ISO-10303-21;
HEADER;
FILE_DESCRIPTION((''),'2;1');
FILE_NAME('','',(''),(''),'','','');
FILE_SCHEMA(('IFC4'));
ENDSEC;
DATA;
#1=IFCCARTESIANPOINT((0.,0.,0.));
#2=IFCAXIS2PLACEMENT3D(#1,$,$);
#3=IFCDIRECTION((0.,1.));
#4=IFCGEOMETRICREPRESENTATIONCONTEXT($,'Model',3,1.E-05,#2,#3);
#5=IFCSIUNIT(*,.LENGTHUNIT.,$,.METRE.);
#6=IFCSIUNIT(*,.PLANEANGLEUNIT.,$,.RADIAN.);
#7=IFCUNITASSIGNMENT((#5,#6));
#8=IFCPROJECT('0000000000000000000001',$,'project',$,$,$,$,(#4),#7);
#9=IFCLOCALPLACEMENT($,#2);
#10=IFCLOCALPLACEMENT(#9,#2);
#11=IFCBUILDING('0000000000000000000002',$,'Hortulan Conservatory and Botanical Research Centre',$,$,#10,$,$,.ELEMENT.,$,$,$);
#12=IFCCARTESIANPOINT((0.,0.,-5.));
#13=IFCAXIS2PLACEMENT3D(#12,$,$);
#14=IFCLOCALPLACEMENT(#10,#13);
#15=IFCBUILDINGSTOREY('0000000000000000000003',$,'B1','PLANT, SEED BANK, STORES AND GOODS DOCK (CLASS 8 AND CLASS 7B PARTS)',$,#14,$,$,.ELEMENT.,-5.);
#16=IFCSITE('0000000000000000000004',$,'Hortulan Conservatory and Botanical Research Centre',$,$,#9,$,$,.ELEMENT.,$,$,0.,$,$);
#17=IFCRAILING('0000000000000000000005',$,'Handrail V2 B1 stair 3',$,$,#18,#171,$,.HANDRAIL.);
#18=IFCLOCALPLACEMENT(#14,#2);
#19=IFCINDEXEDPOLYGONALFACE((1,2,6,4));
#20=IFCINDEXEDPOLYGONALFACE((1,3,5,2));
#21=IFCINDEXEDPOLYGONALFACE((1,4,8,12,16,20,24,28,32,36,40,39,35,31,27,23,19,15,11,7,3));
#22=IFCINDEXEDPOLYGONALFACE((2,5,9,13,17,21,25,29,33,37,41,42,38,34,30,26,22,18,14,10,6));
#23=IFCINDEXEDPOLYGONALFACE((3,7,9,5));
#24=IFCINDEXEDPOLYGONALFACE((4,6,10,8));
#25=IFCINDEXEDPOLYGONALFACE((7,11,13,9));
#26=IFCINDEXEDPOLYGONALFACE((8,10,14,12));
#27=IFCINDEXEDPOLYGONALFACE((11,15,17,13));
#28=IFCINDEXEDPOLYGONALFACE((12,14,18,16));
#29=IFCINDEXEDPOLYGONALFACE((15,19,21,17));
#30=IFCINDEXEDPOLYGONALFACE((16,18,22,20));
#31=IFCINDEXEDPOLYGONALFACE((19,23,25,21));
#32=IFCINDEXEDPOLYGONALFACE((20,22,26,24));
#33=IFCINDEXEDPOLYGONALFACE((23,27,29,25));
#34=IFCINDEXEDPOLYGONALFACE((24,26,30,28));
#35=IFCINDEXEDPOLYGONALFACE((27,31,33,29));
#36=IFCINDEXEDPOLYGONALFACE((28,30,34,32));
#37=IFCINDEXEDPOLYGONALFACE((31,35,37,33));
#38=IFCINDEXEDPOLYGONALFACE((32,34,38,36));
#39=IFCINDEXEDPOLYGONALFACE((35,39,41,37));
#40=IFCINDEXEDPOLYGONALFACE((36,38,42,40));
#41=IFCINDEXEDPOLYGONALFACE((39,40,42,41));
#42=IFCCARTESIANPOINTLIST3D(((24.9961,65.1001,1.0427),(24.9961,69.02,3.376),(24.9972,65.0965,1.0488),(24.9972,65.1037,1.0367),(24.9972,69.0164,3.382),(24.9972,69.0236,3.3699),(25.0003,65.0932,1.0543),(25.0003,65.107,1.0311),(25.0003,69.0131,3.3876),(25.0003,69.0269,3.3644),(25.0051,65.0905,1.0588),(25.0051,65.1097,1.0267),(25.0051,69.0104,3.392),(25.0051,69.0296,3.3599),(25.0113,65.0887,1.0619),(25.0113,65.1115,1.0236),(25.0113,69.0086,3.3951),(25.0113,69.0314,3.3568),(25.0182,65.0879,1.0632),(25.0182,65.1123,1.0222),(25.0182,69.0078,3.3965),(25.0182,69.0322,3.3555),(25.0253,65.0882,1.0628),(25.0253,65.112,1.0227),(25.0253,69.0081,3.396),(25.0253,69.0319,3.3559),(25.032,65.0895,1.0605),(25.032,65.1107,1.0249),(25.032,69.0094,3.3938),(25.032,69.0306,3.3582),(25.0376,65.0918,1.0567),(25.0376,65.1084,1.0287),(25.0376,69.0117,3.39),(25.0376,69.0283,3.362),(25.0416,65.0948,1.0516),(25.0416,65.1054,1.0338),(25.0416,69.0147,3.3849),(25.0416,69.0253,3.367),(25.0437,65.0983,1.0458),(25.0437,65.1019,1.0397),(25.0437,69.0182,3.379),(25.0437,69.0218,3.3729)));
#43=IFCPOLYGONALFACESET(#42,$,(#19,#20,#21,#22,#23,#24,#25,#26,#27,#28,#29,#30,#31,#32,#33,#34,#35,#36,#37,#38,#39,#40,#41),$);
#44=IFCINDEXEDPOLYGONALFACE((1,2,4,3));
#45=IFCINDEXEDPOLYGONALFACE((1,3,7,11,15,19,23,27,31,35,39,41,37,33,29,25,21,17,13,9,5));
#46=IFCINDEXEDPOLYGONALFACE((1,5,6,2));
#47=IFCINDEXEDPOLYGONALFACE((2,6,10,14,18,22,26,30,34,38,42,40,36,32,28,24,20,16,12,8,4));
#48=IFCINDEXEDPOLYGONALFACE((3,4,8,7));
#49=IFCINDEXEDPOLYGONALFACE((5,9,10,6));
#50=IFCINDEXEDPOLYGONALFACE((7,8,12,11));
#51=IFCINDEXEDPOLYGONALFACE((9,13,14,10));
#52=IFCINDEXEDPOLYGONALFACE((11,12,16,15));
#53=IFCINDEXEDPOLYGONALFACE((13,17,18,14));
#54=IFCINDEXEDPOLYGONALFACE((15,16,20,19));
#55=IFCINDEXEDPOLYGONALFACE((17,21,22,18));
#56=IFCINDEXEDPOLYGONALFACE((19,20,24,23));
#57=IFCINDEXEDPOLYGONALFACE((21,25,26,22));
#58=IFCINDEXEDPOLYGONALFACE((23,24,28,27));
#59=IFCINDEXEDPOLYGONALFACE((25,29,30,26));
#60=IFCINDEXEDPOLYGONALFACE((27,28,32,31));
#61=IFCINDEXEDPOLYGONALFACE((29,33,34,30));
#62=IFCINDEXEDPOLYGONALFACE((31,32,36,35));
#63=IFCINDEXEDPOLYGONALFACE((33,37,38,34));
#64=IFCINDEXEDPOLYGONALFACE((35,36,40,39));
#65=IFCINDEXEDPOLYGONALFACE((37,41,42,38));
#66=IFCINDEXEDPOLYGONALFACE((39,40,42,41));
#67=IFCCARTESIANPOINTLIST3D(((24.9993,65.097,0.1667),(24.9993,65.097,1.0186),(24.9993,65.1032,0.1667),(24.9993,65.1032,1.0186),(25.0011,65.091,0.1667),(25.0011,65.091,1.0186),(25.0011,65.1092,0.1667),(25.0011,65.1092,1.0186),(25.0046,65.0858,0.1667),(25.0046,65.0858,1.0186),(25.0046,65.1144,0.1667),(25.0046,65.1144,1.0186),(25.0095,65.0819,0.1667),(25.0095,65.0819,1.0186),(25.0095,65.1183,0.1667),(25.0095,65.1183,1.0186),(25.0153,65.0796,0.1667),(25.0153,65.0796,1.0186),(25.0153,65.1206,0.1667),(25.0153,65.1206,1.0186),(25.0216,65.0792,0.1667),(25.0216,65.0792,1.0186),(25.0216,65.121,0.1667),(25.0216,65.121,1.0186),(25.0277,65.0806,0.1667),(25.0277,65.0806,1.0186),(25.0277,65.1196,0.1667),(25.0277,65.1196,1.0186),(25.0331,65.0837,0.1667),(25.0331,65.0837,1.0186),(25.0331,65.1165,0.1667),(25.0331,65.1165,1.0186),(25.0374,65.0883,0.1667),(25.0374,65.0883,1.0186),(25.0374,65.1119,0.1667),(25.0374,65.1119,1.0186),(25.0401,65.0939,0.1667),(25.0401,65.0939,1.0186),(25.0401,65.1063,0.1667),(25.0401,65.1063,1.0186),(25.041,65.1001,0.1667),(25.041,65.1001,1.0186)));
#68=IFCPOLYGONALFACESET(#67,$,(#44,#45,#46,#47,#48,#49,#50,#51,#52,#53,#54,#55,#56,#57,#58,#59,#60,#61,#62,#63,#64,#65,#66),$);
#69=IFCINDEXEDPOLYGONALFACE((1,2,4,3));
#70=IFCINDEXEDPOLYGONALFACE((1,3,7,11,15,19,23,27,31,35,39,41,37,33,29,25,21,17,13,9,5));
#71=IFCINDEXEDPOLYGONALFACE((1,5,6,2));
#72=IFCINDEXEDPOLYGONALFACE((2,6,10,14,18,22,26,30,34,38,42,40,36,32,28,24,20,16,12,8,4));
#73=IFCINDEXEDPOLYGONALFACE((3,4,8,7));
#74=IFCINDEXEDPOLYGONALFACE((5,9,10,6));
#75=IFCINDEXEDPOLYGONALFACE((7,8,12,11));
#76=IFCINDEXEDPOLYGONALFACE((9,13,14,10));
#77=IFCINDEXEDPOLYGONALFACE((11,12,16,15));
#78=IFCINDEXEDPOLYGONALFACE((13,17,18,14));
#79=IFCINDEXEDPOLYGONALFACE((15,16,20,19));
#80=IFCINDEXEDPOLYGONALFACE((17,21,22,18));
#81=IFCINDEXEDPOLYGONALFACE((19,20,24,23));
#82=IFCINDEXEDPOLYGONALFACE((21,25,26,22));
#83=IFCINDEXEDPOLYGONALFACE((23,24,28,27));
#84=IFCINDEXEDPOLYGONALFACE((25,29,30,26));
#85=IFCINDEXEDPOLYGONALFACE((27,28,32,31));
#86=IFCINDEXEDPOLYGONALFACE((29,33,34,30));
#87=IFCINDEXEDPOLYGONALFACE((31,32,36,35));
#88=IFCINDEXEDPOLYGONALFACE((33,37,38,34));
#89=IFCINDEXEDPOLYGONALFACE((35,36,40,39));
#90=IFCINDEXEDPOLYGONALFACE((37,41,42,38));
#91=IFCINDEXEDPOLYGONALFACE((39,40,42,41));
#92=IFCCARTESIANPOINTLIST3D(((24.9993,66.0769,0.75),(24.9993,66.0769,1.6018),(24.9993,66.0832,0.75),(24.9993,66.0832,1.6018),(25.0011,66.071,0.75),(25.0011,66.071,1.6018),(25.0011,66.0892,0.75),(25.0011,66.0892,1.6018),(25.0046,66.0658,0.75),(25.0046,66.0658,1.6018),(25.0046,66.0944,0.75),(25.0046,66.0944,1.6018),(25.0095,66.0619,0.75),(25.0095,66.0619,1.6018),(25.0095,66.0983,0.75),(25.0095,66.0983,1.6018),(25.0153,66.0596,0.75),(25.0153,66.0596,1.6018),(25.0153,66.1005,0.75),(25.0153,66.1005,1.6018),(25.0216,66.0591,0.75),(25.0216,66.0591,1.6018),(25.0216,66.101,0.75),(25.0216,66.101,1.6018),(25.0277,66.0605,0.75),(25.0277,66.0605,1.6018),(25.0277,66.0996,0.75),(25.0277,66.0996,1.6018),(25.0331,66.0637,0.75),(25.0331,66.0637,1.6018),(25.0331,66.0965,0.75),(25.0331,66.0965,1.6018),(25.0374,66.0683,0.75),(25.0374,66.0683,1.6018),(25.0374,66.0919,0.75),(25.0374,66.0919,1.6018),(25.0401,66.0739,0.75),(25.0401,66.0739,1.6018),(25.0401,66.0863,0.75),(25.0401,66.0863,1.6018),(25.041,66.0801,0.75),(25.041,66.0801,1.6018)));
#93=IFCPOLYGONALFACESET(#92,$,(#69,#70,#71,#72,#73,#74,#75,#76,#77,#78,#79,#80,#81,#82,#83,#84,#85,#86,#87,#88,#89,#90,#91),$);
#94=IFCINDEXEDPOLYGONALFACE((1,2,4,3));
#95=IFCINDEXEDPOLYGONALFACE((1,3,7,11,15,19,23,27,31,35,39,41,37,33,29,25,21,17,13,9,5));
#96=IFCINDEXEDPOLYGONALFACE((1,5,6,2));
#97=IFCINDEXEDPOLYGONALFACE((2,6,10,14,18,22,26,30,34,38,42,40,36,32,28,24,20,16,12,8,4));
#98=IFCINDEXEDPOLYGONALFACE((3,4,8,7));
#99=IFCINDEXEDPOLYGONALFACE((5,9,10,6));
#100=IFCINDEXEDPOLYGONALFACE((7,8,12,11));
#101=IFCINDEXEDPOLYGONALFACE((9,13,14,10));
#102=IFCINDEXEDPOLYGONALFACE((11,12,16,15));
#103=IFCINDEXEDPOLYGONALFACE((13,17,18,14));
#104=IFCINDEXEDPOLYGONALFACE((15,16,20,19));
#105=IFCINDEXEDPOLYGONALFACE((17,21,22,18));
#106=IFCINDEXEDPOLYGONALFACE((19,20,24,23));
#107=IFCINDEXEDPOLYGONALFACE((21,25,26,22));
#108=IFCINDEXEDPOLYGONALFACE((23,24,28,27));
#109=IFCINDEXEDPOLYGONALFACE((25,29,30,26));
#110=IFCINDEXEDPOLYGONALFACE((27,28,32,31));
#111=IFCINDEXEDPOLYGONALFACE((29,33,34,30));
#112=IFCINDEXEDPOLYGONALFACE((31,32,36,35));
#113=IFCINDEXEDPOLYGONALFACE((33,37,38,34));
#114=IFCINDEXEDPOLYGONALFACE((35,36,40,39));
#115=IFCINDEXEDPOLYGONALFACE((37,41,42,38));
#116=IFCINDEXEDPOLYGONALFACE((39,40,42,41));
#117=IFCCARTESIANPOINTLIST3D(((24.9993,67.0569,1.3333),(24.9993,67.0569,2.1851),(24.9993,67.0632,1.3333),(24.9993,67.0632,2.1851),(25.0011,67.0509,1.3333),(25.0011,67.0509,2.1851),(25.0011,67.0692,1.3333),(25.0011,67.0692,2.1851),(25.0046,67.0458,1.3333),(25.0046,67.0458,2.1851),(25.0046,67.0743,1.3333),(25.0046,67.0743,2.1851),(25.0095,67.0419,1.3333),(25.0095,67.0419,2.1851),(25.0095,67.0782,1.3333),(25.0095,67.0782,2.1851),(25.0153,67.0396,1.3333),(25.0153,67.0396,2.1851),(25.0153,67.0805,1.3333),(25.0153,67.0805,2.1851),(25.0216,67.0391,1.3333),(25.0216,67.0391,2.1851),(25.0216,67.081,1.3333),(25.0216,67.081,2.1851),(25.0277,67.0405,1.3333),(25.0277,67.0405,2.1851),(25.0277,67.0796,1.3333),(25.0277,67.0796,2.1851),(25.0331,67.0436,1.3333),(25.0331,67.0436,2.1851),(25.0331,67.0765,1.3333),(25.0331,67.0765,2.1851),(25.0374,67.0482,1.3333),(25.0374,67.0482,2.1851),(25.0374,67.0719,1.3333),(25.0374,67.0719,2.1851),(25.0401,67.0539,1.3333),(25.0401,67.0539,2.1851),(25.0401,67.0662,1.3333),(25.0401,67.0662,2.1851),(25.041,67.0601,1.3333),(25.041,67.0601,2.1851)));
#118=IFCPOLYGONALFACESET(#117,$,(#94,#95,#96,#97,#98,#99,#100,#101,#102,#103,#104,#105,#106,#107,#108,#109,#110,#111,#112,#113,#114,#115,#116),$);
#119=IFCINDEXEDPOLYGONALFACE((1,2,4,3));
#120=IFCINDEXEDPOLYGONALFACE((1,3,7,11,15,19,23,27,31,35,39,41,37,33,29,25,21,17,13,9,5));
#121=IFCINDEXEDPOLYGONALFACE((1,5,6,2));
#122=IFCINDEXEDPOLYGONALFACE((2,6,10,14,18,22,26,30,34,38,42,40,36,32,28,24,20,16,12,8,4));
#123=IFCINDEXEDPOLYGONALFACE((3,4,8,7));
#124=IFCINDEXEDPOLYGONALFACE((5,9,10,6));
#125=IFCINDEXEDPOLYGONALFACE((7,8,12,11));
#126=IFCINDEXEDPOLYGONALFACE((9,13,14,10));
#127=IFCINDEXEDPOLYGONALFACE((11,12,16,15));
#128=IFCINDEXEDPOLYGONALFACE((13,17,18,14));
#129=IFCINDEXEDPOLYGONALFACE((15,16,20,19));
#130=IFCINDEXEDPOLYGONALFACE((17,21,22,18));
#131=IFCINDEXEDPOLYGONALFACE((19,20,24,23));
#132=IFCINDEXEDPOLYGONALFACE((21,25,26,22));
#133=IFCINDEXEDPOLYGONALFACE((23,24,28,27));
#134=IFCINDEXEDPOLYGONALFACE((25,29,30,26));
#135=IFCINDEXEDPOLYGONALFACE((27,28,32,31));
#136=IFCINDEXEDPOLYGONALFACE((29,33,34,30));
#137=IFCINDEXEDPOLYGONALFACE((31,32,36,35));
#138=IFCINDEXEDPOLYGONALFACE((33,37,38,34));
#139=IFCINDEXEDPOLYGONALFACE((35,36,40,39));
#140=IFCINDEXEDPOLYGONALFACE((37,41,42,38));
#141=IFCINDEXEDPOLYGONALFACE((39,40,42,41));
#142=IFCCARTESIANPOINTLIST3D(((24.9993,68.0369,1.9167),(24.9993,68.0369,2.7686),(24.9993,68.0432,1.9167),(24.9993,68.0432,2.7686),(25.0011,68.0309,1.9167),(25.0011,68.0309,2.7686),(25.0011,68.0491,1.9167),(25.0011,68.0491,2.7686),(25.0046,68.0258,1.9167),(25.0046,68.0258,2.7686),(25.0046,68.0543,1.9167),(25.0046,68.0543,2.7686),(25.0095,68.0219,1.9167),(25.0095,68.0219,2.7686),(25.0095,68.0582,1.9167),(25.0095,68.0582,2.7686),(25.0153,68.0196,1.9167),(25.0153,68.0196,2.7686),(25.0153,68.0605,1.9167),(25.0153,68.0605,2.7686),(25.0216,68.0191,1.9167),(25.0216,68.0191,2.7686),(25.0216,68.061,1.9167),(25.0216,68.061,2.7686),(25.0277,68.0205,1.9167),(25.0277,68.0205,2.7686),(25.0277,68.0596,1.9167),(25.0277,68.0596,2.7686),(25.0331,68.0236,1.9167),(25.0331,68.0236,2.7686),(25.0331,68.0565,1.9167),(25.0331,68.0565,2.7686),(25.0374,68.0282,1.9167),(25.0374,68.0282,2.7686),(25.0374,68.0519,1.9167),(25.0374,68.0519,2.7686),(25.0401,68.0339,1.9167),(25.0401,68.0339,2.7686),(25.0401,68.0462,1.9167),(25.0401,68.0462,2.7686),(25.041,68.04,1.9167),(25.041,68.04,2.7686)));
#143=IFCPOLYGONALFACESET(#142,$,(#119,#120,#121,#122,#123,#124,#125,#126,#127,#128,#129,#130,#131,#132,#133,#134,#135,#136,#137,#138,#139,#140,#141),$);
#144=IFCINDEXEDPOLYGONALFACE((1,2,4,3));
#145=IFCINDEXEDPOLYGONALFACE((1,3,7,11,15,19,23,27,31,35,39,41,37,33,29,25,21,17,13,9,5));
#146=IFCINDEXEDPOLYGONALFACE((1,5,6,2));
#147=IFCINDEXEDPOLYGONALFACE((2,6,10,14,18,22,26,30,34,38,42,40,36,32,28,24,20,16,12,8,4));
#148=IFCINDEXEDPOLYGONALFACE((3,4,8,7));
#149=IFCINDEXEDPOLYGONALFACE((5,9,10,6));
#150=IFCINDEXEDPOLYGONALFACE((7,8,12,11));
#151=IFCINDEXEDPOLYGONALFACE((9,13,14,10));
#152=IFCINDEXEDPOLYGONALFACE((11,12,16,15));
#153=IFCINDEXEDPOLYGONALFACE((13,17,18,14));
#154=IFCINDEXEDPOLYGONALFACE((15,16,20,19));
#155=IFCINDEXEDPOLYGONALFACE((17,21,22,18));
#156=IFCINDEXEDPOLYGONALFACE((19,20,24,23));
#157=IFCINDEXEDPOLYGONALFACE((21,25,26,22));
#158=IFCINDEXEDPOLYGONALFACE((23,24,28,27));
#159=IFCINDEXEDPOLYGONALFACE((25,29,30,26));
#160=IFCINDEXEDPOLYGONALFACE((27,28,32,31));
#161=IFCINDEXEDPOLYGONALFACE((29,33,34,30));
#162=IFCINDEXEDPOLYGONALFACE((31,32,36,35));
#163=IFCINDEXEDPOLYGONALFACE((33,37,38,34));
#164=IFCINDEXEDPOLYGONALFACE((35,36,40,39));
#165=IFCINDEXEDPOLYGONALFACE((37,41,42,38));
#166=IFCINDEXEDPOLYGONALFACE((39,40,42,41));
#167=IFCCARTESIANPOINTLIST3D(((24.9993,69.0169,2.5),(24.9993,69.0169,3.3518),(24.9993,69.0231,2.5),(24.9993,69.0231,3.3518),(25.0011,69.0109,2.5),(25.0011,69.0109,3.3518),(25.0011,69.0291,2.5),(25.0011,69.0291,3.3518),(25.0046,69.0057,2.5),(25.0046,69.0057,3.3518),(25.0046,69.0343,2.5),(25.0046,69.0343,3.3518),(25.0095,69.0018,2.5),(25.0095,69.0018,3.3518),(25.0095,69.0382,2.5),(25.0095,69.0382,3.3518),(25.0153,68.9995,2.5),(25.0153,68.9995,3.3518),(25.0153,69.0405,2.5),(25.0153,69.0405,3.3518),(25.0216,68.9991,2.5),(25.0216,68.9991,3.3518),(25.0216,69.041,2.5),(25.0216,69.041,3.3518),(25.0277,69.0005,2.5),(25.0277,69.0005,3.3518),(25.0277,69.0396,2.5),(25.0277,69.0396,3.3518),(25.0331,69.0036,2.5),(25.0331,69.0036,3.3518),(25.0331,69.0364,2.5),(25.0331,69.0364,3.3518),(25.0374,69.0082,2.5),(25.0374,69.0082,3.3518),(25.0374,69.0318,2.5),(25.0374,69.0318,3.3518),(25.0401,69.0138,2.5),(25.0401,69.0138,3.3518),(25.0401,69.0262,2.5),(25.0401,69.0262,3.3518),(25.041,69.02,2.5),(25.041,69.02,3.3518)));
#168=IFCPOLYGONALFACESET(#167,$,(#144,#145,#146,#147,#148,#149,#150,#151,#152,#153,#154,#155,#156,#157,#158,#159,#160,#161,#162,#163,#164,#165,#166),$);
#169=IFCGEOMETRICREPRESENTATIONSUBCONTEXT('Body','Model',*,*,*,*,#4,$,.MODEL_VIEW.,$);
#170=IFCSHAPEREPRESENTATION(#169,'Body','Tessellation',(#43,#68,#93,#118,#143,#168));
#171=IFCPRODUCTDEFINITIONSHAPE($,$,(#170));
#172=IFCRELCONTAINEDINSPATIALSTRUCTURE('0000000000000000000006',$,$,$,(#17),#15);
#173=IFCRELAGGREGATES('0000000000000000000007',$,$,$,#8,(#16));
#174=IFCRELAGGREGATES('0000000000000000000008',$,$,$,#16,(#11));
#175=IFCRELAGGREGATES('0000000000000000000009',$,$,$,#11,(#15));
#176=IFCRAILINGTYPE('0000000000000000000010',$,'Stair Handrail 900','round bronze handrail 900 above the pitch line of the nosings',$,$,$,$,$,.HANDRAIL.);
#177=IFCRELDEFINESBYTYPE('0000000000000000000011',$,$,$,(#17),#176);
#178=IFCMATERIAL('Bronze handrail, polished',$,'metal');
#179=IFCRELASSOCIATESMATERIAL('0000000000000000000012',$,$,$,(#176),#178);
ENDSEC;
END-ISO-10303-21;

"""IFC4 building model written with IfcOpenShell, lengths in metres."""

from ifc_helpers import new_model, si_unit, direction, frame, origin, origin_2d, place, context, subcontext, project, spatial, circle, extrude, material, type_object, element, save


model = new_model("IFC4")

# Units and contexts
model_context = context("Model", 3, precision=1e-05, world=origin(), true_north=direction((0.0, 1.0)))
body_context = subcontext(model_context, "Body", "Model", "MODEL_VIEW")
ifc_project = project(units=[si_unit("LENGTHUNIT", "METRE"), si_unit("PLANEANGLEUNIT", "RADIAN")], contexts=[model_context])

# Site, building, storey
site_placement = place(None, origin())
site = spatial("IfcSite", under=ifc_project, at=site_placement, Name="Hortulan Conservatory and Botanical Research Centre", CompositionType="ELEMENT", RefElevation=0.0)
building_placement = place(site_placement, origin())
building = spatial("IfcBuilding", under=site, at=building_placement, Name="Hortulan Conservatory and Botanical Research Centre", CompositionType="ELEMENT")
storey_placement = place(building_placement, frame((0.0, 0.0, -5.0)))
storey = spatial("IfcBuildingStorey", under=building, at=storey_placement, Name="B1", Description="PLANT, SEED BANK, STORES AND GOODS DOCK (CLASS 8 AND CLASS 7B PARTS)", CompositionType="ELEMENT", Elevation=-5.0)

# Railing
ifc_material_1 = material(Name="Bronze handrail, polished", Category="metal")
railing_type_1 = type_object("IfcRailingType", Name="Stair Handrail 900", Description="round bronze handrail 900 above the pitch line of the nosings", PredefinedType="HANDRAIL", material=ifc_material_1)
railing_1_placement = place(storey_placement, frame((25.02, 65.1001, 0.1667)))
element("IfcRailing", 1, at=railing_1_placement, inside=storey, type_object=railing_type_1, Name="Handrail V2 B1 stair 3", PredefinedType="HANDRAIL", context=body_context, shape_type="SweptSolid", body=[
    extrude(circle(Radius=0.0239, at=origin_2d()), frame((0.0, 0.0, 0.876), z_axis=(0.0, 0.859296, 0.511478), x_axis=(-1.0, 0.0, 0.0)), (0.0, 0.0, 1.0), 4.5618),
    extrude(circle(Radius=0.021, at=origin_2d()), origin(), (0.0, 0.0, 1.0), 0.8518),
    extrude(circle(Radius=0.021, at=origin_2d()), frame((0.0, 0.98, 0.5833)), (0.0, 0.0, 1.0), 0.8518),
    extrude(circle(Radius=0.021, at=origin_2d()), frame((0.0, 1.96, 1.1665)), (0.0, 0.0, 1.0), 0.8518),
    extrude(circle(Radius=0.021, at=origin_2d()), frame((0.0, 2.9399, 1.75)), (0.0, 0.0, 1.0), 0.8518),
    extrude(circle(Radius=0.021, at=origin_2d()), frame((0.0, 3.9199, 2.3333)), (0.0, 0.0, 1.0), 0.8518),
])

save(model, "model.ifc")
